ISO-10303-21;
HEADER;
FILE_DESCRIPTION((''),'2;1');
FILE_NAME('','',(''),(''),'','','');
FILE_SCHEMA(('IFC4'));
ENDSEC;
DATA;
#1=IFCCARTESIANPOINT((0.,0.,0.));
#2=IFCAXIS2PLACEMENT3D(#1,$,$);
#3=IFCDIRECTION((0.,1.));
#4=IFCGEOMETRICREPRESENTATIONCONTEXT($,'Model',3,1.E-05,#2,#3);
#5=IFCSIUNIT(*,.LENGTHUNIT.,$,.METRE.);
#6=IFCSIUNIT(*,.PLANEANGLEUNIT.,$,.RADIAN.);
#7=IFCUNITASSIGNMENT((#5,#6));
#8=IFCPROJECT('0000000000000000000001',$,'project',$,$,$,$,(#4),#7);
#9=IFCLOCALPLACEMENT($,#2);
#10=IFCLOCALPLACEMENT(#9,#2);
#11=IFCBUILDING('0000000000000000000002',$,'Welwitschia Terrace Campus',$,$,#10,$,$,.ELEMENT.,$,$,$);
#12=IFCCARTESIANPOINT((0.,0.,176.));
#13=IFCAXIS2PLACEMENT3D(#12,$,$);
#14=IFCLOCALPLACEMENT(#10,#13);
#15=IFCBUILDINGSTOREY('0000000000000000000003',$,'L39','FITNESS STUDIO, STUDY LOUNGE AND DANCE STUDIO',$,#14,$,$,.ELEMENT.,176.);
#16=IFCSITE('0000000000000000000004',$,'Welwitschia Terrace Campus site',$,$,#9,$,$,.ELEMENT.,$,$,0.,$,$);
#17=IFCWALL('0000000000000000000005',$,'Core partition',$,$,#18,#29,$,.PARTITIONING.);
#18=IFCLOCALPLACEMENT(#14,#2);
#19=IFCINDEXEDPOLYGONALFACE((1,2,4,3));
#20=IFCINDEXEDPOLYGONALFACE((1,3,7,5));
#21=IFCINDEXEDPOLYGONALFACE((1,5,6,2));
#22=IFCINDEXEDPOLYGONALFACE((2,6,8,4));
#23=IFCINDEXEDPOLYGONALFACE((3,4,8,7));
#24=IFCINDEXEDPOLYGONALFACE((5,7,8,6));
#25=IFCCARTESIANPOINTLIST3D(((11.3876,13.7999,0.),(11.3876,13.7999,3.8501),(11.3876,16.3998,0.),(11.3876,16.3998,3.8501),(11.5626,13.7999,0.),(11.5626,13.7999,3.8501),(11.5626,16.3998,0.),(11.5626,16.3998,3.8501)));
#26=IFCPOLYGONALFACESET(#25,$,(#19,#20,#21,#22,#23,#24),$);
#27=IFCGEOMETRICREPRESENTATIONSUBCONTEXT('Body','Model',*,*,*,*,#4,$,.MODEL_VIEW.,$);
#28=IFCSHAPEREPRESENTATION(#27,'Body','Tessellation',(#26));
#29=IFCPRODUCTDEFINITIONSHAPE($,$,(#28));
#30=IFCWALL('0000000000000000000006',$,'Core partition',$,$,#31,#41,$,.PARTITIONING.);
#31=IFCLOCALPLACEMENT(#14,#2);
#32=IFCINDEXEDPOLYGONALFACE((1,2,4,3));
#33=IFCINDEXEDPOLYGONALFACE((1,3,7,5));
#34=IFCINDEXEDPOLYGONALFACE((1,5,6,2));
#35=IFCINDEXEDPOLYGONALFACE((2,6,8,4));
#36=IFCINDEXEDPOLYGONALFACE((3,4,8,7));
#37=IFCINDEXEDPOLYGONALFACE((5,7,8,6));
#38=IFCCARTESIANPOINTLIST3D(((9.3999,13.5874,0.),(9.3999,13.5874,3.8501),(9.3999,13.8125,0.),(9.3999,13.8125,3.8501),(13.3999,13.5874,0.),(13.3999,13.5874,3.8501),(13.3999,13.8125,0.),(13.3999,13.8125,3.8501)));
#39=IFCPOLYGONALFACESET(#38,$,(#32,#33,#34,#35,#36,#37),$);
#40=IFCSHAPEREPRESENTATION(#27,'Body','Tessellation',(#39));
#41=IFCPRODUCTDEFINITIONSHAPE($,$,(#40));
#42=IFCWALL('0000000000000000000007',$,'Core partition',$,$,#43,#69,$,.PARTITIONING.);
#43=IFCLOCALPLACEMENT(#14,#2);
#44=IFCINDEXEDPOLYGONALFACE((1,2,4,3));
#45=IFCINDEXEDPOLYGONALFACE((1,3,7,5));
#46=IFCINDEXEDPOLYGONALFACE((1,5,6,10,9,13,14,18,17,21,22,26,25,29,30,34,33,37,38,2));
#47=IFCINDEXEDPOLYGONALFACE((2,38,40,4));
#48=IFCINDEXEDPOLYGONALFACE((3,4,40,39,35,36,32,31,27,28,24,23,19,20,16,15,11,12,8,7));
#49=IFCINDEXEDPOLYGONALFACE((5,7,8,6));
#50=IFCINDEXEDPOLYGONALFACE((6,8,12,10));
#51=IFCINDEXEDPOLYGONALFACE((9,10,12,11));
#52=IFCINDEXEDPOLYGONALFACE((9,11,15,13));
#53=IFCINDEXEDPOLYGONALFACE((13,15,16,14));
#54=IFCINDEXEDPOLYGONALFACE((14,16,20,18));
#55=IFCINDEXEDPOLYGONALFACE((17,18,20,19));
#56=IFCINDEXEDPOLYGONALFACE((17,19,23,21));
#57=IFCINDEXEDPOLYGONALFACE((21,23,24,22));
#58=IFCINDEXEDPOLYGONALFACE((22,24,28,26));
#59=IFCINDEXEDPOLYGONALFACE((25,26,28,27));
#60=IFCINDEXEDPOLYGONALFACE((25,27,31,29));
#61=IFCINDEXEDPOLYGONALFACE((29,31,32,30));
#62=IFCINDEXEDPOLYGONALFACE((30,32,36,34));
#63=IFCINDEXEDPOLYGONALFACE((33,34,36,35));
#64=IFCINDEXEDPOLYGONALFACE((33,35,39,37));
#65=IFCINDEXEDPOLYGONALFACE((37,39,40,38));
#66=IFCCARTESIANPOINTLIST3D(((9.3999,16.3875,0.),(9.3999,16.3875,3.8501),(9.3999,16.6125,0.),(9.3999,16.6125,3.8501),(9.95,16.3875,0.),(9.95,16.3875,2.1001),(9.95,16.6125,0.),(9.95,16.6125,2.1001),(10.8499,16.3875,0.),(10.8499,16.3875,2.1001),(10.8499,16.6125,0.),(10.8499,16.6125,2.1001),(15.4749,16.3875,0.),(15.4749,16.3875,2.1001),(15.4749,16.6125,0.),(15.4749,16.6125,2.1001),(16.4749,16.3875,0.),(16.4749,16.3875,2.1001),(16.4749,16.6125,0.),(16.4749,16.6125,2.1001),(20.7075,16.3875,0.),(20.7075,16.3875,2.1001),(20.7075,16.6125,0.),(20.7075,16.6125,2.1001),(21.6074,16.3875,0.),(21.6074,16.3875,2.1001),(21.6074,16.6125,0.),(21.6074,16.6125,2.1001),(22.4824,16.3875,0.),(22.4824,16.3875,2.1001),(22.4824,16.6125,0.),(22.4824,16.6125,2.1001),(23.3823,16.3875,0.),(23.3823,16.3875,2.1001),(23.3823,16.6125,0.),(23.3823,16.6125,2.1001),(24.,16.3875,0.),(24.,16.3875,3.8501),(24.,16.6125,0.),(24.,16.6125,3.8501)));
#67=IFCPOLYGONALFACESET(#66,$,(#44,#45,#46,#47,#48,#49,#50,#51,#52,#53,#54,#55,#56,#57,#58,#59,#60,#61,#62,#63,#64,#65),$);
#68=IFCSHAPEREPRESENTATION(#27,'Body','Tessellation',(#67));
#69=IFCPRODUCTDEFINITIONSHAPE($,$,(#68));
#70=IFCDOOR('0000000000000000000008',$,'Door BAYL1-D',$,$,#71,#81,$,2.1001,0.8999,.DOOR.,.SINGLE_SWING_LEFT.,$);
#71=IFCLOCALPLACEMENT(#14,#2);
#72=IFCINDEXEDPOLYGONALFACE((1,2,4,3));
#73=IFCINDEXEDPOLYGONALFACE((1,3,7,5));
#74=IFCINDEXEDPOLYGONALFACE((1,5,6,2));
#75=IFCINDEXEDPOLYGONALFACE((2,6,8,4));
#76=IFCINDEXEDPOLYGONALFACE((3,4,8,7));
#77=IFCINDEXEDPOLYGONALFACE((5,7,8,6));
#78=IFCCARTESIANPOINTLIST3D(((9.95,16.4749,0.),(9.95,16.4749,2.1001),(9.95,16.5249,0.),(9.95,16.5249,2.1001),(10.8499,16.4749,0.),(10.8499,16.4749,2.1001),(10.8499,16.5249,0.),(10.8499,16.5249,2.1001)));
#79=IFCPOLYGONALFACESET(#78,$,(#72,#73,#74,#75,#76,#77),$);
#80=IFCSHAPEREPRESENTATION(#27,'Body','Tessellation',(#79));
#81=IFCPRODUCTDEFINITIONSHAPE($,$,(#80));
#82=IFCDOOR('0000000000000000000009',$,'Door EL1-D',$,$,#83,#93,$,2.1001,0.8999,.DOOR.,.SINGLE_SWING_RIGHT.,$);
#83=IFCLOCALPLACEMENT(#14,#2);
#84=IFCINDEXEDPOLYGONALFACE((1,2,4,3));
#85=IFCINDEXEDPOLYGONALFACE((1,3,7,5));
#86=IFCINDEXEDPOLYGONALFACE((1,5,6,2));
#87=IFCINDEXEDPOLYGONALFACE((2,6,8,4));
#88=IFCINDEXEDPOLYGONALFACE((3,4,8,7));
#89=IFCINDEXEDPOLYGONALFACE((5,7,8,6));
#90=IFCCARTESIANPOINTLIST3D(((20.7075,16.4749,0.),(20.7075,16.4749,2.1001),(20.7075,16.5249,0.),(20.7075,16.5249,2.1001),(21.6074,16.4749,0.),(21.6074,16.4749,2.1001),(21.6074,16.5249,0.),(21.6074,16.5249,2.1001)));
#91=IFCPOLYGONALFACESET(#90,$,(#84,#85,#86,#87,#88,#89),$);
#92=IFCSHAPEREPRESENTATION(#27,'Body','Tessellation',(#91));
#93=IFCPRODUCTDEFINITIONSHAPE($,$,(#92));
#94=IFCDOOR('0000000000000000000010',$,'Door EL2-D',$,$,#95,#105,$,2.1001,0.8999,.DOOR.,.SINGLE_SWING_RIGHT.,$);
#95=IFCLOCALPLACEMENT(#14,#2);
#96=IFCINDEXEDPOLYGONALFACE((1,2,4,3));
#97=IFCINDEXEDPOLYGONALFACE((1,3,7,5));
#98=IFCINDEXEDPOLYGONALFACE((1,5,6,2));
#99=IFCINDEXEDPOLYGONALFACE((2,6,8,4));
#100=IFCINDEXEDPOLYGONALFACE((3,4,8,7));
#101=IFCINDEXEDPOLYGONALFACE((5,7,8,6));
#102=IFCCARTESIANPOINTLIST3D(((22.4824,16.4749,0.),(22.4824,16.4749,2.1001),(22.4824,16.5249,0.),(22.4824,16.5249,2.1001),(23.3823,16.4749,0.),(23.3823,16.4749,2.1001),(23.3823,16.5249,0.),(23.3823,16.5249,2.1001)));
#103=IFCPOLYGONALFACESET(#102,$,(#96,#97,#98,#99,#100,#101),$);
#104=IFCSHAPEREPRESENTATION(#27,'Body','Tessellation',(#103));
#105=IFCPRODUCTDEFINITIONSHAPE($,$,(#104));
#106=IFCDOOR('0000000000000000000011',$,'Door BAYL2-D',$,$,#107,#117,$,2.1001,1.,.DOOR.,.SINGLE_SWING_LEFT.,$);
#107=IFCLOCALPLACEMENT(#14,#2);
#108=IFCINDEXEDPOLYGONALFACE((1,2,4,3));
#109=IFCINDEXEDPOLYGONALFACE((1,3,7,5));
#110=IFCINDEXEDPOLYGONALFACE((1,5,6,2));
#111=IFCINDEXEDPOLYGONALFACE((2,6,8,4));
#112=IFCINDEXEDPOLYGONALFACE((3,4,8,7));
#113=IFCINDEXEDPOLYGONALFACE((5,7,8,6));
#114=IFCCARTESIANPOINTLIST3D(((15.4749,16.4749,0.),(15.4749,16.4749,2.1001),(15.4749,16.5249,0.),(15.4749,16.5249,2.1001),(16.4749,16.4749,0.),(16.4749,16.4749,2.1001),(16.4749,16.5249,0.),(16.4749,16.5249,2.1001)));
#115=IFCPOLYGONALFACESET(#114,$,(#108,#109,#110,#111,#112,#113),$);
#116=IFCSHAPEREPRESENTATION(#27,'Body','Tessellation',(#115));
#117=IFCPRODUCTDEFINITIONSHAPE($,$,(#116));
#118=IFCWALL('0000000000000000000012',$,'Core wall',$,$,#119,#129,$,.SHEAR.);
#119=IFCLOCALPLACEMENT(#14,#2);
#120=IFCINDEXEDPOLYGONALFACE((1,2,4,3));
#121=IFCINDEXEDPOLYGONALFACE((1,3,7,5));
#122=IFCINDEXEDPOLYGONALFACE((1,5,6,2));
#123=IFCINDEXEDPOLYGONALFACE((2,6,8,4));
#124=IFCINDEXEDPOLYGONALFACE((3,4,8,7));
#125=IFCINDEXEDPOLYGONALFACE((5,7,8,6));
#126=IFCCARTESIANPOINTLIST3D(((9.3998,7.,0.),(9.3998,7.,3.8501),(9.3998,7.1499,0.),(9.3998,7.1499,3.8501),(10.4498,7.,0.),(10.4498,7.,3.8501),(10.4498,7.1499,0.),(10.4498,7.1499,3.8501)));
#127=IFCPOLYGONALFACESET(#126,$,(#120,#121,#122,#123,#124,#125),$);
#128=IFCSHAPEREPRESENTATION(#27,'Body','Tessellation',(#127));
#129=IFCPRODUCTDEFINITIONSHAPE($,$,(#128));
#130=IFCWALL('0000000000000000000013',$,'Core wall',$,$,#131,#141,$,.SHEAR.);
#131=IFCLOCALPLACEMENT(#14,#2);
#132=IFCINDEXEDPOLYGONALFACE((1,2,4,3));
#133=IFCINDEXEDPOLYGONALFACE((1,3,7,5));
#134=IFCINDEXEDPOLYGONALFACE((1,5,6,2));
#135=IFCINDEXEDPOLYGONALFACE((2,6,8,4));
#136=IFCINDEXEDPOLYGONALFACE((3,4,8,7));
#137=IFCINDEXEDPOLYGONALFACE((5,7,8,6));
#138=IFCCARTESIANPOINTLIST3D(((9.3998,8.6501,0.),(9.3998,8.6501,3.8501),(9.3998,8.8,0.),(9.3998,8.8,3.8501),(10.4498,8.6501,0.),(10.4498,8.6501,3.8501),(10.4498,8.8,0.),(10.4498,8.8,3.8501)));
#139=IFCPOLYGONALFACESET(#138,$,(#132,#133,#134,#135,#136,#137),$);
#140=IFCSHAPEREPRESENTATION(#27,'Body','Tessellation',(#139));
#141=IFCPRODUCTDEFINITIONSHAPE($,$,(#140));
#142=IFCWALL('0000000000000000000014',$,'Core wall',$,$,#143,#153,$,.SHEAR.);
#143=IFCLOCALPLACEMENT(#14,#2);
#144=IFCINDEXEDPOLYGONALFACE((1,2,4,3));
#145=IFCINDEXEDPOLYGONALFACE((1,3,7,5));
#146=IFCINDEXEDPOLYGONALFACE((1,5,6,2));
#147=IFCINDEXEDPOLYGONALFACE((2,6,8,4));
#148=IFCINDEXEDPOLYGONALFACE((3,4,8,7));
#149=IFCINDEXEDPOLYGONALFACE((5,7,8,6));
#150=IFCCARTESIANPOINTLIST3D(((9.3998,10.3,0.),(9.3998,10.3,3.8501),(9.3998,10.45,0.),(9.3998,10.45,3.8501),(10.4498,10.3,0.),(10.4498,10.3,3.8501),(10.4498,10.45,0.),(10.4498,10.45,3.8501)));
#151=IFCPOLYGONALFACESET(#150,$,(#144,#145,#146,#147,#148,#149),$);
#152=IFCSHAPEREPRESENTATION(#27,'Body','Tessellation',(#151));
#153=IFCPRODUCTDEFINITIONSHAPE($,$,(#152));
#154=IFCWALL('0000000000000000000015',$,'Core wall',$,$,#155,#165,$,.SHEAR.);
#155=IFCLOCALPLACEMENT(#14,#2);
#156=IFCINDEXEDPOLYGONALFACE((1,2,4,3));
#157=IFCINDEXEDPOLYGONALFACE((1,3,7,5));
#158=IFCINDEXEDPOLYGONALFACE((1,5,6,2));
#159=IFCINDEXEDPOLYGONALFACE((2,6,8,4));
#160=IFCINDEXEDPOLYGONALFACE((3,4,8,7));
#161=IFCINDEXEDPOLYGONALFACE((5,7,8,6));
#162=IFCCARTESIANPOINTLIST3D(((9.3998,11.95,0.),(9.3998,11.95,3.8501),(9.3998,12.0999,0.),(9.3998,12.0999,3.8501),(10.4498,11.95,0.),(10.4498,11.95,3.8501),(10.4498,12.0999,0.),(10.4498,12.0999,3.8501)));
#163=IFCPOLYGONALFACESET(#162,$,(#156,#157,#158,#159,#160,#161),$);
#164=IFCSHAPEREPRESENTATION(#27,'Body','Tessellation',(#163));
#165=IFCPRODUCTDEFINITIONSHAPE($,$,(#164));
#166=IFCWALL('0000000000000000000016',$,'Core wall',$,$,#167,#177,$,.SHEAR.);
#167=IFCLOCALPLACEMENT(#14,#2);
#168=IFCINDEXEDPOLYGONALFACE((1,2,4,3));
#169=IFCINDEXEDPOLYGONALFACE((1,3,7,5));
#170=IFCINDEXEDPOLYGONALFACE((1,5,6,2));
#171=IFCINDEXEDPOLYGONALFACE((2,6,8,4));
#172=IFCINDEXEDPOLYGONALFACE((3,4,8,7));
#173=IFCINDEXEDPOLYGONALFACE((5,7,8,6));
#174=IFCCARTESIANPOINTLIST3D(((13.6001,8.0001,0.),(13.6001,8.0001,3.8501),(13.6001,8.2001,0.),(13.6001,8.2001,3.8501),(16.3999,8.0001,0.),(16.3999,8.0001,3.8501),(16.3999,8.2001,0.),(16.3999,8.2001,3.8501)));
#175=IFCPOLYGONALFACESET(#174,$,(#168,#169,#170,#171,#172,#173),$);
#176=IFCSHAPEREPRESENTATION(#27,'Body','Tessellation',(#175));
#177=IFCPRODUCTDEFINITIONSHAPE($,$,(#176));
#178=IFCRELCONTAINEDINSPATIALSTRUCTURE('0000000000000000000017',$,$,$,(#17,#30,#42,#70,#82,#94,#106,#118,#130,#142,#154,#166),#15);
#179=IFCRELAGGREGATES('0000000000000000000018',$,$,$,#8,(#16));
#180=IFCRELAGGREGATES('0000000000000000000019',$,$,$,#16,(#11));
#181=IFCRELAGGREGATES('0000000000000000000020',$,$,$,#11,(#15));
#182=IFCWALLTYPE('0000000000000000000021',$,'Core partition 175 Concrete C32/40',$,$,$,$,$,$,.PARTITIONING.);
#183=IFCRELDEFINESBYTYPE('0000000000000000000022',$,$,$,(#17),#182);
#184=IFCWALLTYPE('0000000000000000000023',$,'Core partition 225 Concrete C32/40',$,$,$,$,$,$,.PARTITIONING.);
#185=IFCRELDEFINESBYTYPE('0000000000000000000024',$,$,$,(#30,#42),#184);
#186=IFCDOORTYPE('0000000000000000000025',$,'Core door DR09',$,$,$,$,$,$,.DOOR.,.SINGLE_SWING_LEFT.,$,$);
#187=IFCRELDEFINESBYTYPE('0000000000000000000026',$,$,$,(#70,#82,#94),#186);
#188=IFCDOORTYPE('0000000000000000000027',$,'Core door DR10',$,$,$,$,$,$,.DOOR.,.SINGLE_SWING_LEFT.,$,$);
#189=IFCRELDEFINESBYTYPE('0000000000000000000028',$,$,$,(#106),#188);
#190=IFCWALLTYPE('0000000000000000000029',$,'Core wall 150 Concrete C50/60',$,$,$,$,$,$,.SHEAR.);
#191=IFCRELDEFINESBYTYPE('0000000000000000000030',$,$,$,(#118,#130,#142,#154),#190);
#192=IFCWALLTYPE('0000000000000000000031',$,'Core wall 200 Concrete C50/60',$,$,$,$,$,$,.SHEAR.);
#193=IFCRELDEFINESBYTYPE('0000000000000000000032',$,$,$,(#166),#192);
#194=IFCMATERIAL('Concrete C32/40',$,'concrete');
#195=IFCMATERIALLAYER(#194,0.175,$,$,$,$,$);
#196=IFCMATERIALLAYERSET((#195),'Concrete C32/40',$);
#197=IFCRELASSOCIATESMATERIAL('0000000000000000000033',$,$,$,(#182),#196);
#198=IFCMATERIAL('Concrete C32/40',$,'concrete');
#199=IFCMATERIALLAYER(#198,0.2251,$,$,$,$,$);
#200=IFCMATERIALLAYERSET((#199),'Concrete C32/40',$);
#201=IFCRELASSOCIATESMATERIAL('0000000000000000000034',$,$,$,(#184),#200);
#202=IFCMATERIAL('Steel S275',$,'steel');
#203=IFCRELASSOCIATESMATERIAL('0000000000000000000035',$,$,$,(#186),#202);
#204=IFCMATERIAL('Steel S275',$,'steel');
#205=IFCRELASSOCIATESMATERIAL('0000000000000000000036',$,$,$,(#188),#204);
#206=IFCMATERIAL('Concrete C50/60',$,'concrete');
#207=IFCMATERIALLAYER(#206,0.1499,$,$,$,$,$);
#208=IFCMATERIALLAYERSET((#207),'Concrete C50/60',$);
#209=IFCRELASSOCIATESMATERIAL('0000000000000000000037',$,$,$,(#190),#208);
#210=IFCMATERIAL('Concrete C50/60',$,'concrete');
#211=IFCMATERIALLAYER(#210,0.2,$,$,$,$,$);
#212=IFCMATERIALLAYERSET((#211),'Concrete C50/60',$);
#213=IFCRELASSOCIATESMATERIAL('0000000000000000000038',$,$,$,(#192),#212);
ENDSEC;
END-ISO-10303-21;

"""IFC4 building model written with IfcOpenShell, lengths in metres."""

from ifc_helpers import new_model, si_unit, direction, frame, frame_2d, origin, place, context, subcontext, project, spatial, rectangle, extrude, material, layer, layer_set, type_object, element, fill, save


model = new_model("IFC4")

# Units and contexts
model_context = context("Model", 3, precision=1e-05, world=origin(), true_north=direction((0.0, 1.0)))
body_context = subcontext(model_context, "Body", "Model", "MODEL_VIEW")
ifc_project = project(units=[si_unit("LENGTHUNIT", "METRE"), si_unit("PLANEANGLEUNIT", "RADIAN")], contexts=[model_context])

# Site, building, storey
site_placement = place(None, origin())
site = spatial("IfcSite", under=ifc_project, at=site_placement, Name="Welwitschia Terrace Campus site", CompositionType="ELEMENT", RefElevation=0.0)
building_placement = place(site_placement, origin())
building = spatial("IfcBuilding", under=site, at=building_placement, Name="Welwitschia Terrace Campus", CompositionType="ELEMENT")
storey_placement = place(building_placement, frame((0.0, 0.0, 176.0)))
storey = spatial("IfcBuildingStorey", under=building, at=storey_placement, Name="L39", Description="FITNESS STUDIO, STUDY LOUNGE AND DANCE STUDIO", CompositionType="ELEMENT", Elevation=176.0)

# Walls
ifc_material_1 = material(Name="Concrete C32/40", Category="concrete")
ifc_layer_1 = layer(ifc_material_1, 0.175)
ifc_layer_set_1 = layer_set([ifc_layer_1], Name="Concrete C32/40")
wall_type_1 = type_object("IfcWallType", Name="Core partition 175 Concrete C32/40", PredefinedType="PARTITIONING", material=ifc_layer_set_1)
wall_1_placement = place(storey_placement, frame((11.4751, 13.8, 0.0), z_axis=(0.0, 0.0, 1.0), x_axis=(0.0, 1.0, 0.0)))
element("IfcWall", 1, at=wall_1_placement, inside=storey, type_object=wall_type_1, Name="Core partition", PredefinedType="PARTITIONING", context=body_context, shape_type="SweptSolid", body=[
    extrude(rectangle(XDim=2.5999, YDim=0.175, at=frame_2d((1.2998, 0.0))), origin(), (0.0, 0.0, 1.0), 3.8501),
])
ifc_material_2 = material(Name="Concrete C32/40", Category="concrete")
ifc_layer_2 = layer(ifc_material_2, 0.2251)
ifc_layer_set_2 = layer_set([ifc_layer_2], Name="Concrete C32/40")
wall_type_2 = type_object("IfcWallType", Name="Core partition 225 Concrete C32/40", PredefinedType="PARTITIONING", material=ifc_layer_set_2)
wall_2_placement = place(storey_placement, frame((9.3999, 13.7, 0.0), z_axis=(0.0, 0.0, 1.0), x_axis=(1.0, 0.0, 0.0)))
element("IfcWall", 2, at=wall_2_placement, inside=storey, type_object=wall_type_2, Name="Core partition", PredefinedType="PARTITIONING", context=body_context, shape_type="SweptSolid", body=[
    extrude(rectangle(XDim=4.0, YDim=0.2251, at=frame_2d((2.0, 0.0))), origin(), (0.0, 0.0, 1.0), 3.8501),
])

# Wall, openings, doors
wall_3_placement = place(storey_placement, frame((9.3999, 16.5, 0.0), z_axis=(0.0, 0.0, 1.0), x_axis=(1.0, 0.0, 0.0)))
wall_3 = element("IfcWall", 3, at=wall_3_placement, inside=storey, type_object=wall_type_2, Name="Core partition", PredefinedType="PARTITIONING", context=body_context, shape_type="SweptSolid", body=[
    extrude(rectangle(XDim=14.6001, YDim=0.2251, at=frame_2d((7.3, 0.0))), origin(), (0.0, 0.0, 1.0), 3.8501),
])
opening_1_placement = place(wall_3_placement, frame((0.55, 0.0, 0.0)))
opening_1 = element("IfcOpeningElement", 4, at=opening_1_placement, cuts=wall_3, PredefinedType="OPENING", context=body_context, shape_type="SweptSolid", body=[
    extrude(rectangle(XDim=0.8999, YDim=2.1001, at=frame_2d((0.45, 1.05))), frame((0.0, 0.1226, 0.0), z_axis=(0.0, -1.0, 0.0), x_axis=(1.0, 0.0, 0.0)), (0.0, 0.0, 1.0), 0.2451),
])
opening_2_placement = place(wall_3_placement, frame((6.075, 0.0, 0.0)))
opening_2 = element("IfcOpeningElement", 5, at=opening_2_placement, cuts=wall_3, PredefinedType="OPENING", context=body_context, shape_type="SweptSolid", body=[
    extrude(rectangle(XDim=1.0, YDim=2.1001, at=frame_2d((0.5, 1.05))), frame((0.0, 0.1226, 0.0), z_axis=(0.0, -1.0, 0.0), x_axis=(1.0, 0.0, 0.0)), (0.0, 0.0, 1.0), 0.2451),
])
opening_3_placement = place(wall_3_placement, frame((11.3076, 0.0, 0.0)))
opening_3 = element("IfcOpeningElement", 6, at=opening_3_placement, cuts=wall_3, PredefinedType="OPENING", context=body_context, shape_type="SweptSolid", body=[
    extrude(rectangle(XDim=0.8999, YDim=2.1001, at=frame_2d((0.45, 1.05))), frame((0.0, 0.1226, 0.0), z_axis=(0.0, -1.0, 0.0), x_axis=(1.0, 0.0, 0.0)), (0.0, 0.0, 1.0), 0.2451),
])
opening_4_placement = place(wall_3_placement, frame((13.0825, 0.0, 0.0)))
opening_4 = element("IfcOpeningElement", 7, at=opening_4_placement, cuts=wall_3, PredefinedType="OPENING", context=body_context, shape_type="SweptSolid", body=[
    extrude(rectangle(XDim=0.8999, YDim=2.1001, at=frame_2d((0.45, 1.05))), frame((0.0, 0.1226, 0.0), z_axis=(0.0, -1.0, 0.0), x_axis=(1.0, 0.0, 0.0)), (0.0, 0.0, 1.0), 0.2451),
])
ifc_material_3 = material(Name="Steel S275", Category="steel")
door_type_1 = type_object("IfcDoorType", Name="Core door DR09", OperationType="SINGLE_SWING_LEFT", PredefinedType="DOOR", material=ifc_material_3)
door_1_placement = place(opening_1_placement, origin())
door_1 = element("IfcDoor", 8, at=door_1_placement, inside=storey, type_object=door_type_1, Name="Door BAYL1-D", OperationType="SINGLE_SWING_LEFT", OverallHeight=2.1001, OverallWidth=0.8999, PredefinedType="DOOR", context=body_context, shape_type="SweptSolid", body=[
    extrude(rectangle(XDim=0.8999, YDim=2.1001, at=frame_2d((0.45, 1.05))), frame((0.0, 0.0249, 0.0), z_axis=(0.0, -1.0, 0.0), x_axis=(1.0, 0.0, 0.0)), (0.0, 0.0, 1.0), 0.05),
])
fill(opening_1, door_1)
door_2_placement = place(opening_3_placement, origin())
door_2 = element("IfcDoor", 9, at=door_2_placement, inside=storey, type_object=door_type_1, Name="Door EL1-D", OperationType="SINGLE_SWING_RIGHT", OverallHeight=2.1001, OverallWidth=0.8999, PredefinedType="DOOR", context=body_context, shape_type="SweptSolid", body=[
    extrude(rectangle(XDim=0.8999, YDim=2.1001, at=frame_2d((0.45, 1.05))), frame((0.0, 0.0249, 0.0), z_axis=(0.0, -1.0, 0.0), x_axis=(1.0, 0.0, 0.0)), (0.0, 0.0, 1.0), 0.05),
])
fill(opening_3, door_2)
door_3_placement = place(opening_4_placement, origin())
door_3 = element("IfcDoor", 10, at=door_3_placement, inside=storey, type_object=door_type_1, Name="Door EL2-D", OperationType="SINGLE_SWING_RIGHT", OverallHeight=2.1001, OverallWidth=0.8999, PredefinedType="DOOR", context=body_context, shape_type="SweptSolid", body=[
    extrude(rectangle(XDim=0.8999, YDim=2.1001, at=frame_2d((0.45, 1.05))), frame((0.0, 0.0249, 0.0), z_axis=(0.0, -1.0, 0.0), x_axis=(1.0, 0.0, 0.0)), (0.0, 0.0, 1.0), 0.05),
])
fill(opening_4, door_3)
ifc_material_4 = material(Name="Steel S275", Category="steel")
door_type_2 = type_object("IfcDoorType", Name="Core door DR10", OperationType="SINGLE_SWING_LEFT", PredefinedType="DOOR", material=ifc_material_4)
door_4_placement = place(opening_2_placement, origin())
door_4 = element("IfcDoor", 11, at=door_4_placement, inside=storey, type_object=door_type_2, Name="Door BAYL2-D", OperationType="SINGLE_SWING_LEFT", OverallHeight=2.1001, OverallWidth=1.0, PredefinedType="DOOR", context=body_context, shape_type="SweptSolid", body=[
    extrude(rectangle(XDim=1.0, YDim=2.1001, at=frame_2d((0.5, 1.05))), frame((0.0, 0.0249, 0.0), z_axis=(0.0, -1.0, 0.0), x_axis=(1.0, 0.0, 0.0)), (0.0, 0.0, 1.0), 0.05),
])
fill(opening_2, door_4)

# Walls
ifc_material_5 = material(Name="Concrete C50/60", Category="concrete")
ifc_layer_3 = layer(ifc_material_5, 0.1499)
ifc_layer_set_3 = layer_set([ifc_layer_3], Name="Concrete C50/60")
wall_type_3 = type_object("IfcWallType", Name="Core wall 150 Concrete C50/60", PredefinedType="SHEAR", material=ifc_layer_set_3)
for number, where, z_axis, x_axis, name in (
    (12, (9.3999, 7.075, 0.0), (0.0, 0.0, 1.0), (1.0, 0.0, 0.0), "Core wall"),
    (13, (9.3999, 8.7251, 0.0), (0.0, 0.0, 1.0), (1.0, 0.0, 0.0), "Core wall"),
    (14, (9.3999, 10.375, 0.0), (0.0, 0.0, 1.0), (1.0, 0.0, 0.0), "Core wall"),
    (15, (9.3999, 12.0249, 0.0), (0.0, 0.0, 1.0), (1.0, 0.0, 0.0), "Core wall"),
):
    element("IfcWall", number, at=place(storey_placement, frame(where, z_axis=z_axis, x_axis=x_axis)), inside=storey, type_object=wall_type_3, Name=name, PredefinedType="SHEAR", context=body_context, shape_type="SweptSolid", body=[
        extrude(rectangle(XDim=1.05, YDim=0.1499, at=frame_2d((0.5249, 0.0))), origin(), (0.0, 0.0, 1.0), 3.8501),
    ])
ifc_material_6 = material(Name="Concrete C50/60", Category="concrete")
ifc_layer_4 = layer(ifc_material_6, 0.2)
ifc_layer_set_4 = layer_set([ifc_layer_4], Name="Concrete C50/60")
wall_type_4 = type_object("IfcWallType", Name="Core wall 200 Concrete C50/60", PredefinedType="SHEAR", material=ifc_layer_set_4)
for number, where, z_axis, x_axis, name in (
    (16, (13.6001, 8.1001, 0.0), (0.0, 0.0, 1.0), (1.0, 0.0, 0.0), "Core wall"),
):
    element("IfcWall", number, at=place(storey_placement, frame(where, z_axis=z_axis, x_axis=x_axis)), inside=storey, type_object=wall_type_4, Name=name, PredefinedType="SHEAR", context=body_context, shape_type="SweptSolid", body=[
        extrude(rectangle(XDim=2.7998, YDim=0.2, at=frame_2d((1.3999, 0.0))), origin(), (0.0, 0.0, 1.0), 3.8501),
    ])

save(model, "model.ifc")
